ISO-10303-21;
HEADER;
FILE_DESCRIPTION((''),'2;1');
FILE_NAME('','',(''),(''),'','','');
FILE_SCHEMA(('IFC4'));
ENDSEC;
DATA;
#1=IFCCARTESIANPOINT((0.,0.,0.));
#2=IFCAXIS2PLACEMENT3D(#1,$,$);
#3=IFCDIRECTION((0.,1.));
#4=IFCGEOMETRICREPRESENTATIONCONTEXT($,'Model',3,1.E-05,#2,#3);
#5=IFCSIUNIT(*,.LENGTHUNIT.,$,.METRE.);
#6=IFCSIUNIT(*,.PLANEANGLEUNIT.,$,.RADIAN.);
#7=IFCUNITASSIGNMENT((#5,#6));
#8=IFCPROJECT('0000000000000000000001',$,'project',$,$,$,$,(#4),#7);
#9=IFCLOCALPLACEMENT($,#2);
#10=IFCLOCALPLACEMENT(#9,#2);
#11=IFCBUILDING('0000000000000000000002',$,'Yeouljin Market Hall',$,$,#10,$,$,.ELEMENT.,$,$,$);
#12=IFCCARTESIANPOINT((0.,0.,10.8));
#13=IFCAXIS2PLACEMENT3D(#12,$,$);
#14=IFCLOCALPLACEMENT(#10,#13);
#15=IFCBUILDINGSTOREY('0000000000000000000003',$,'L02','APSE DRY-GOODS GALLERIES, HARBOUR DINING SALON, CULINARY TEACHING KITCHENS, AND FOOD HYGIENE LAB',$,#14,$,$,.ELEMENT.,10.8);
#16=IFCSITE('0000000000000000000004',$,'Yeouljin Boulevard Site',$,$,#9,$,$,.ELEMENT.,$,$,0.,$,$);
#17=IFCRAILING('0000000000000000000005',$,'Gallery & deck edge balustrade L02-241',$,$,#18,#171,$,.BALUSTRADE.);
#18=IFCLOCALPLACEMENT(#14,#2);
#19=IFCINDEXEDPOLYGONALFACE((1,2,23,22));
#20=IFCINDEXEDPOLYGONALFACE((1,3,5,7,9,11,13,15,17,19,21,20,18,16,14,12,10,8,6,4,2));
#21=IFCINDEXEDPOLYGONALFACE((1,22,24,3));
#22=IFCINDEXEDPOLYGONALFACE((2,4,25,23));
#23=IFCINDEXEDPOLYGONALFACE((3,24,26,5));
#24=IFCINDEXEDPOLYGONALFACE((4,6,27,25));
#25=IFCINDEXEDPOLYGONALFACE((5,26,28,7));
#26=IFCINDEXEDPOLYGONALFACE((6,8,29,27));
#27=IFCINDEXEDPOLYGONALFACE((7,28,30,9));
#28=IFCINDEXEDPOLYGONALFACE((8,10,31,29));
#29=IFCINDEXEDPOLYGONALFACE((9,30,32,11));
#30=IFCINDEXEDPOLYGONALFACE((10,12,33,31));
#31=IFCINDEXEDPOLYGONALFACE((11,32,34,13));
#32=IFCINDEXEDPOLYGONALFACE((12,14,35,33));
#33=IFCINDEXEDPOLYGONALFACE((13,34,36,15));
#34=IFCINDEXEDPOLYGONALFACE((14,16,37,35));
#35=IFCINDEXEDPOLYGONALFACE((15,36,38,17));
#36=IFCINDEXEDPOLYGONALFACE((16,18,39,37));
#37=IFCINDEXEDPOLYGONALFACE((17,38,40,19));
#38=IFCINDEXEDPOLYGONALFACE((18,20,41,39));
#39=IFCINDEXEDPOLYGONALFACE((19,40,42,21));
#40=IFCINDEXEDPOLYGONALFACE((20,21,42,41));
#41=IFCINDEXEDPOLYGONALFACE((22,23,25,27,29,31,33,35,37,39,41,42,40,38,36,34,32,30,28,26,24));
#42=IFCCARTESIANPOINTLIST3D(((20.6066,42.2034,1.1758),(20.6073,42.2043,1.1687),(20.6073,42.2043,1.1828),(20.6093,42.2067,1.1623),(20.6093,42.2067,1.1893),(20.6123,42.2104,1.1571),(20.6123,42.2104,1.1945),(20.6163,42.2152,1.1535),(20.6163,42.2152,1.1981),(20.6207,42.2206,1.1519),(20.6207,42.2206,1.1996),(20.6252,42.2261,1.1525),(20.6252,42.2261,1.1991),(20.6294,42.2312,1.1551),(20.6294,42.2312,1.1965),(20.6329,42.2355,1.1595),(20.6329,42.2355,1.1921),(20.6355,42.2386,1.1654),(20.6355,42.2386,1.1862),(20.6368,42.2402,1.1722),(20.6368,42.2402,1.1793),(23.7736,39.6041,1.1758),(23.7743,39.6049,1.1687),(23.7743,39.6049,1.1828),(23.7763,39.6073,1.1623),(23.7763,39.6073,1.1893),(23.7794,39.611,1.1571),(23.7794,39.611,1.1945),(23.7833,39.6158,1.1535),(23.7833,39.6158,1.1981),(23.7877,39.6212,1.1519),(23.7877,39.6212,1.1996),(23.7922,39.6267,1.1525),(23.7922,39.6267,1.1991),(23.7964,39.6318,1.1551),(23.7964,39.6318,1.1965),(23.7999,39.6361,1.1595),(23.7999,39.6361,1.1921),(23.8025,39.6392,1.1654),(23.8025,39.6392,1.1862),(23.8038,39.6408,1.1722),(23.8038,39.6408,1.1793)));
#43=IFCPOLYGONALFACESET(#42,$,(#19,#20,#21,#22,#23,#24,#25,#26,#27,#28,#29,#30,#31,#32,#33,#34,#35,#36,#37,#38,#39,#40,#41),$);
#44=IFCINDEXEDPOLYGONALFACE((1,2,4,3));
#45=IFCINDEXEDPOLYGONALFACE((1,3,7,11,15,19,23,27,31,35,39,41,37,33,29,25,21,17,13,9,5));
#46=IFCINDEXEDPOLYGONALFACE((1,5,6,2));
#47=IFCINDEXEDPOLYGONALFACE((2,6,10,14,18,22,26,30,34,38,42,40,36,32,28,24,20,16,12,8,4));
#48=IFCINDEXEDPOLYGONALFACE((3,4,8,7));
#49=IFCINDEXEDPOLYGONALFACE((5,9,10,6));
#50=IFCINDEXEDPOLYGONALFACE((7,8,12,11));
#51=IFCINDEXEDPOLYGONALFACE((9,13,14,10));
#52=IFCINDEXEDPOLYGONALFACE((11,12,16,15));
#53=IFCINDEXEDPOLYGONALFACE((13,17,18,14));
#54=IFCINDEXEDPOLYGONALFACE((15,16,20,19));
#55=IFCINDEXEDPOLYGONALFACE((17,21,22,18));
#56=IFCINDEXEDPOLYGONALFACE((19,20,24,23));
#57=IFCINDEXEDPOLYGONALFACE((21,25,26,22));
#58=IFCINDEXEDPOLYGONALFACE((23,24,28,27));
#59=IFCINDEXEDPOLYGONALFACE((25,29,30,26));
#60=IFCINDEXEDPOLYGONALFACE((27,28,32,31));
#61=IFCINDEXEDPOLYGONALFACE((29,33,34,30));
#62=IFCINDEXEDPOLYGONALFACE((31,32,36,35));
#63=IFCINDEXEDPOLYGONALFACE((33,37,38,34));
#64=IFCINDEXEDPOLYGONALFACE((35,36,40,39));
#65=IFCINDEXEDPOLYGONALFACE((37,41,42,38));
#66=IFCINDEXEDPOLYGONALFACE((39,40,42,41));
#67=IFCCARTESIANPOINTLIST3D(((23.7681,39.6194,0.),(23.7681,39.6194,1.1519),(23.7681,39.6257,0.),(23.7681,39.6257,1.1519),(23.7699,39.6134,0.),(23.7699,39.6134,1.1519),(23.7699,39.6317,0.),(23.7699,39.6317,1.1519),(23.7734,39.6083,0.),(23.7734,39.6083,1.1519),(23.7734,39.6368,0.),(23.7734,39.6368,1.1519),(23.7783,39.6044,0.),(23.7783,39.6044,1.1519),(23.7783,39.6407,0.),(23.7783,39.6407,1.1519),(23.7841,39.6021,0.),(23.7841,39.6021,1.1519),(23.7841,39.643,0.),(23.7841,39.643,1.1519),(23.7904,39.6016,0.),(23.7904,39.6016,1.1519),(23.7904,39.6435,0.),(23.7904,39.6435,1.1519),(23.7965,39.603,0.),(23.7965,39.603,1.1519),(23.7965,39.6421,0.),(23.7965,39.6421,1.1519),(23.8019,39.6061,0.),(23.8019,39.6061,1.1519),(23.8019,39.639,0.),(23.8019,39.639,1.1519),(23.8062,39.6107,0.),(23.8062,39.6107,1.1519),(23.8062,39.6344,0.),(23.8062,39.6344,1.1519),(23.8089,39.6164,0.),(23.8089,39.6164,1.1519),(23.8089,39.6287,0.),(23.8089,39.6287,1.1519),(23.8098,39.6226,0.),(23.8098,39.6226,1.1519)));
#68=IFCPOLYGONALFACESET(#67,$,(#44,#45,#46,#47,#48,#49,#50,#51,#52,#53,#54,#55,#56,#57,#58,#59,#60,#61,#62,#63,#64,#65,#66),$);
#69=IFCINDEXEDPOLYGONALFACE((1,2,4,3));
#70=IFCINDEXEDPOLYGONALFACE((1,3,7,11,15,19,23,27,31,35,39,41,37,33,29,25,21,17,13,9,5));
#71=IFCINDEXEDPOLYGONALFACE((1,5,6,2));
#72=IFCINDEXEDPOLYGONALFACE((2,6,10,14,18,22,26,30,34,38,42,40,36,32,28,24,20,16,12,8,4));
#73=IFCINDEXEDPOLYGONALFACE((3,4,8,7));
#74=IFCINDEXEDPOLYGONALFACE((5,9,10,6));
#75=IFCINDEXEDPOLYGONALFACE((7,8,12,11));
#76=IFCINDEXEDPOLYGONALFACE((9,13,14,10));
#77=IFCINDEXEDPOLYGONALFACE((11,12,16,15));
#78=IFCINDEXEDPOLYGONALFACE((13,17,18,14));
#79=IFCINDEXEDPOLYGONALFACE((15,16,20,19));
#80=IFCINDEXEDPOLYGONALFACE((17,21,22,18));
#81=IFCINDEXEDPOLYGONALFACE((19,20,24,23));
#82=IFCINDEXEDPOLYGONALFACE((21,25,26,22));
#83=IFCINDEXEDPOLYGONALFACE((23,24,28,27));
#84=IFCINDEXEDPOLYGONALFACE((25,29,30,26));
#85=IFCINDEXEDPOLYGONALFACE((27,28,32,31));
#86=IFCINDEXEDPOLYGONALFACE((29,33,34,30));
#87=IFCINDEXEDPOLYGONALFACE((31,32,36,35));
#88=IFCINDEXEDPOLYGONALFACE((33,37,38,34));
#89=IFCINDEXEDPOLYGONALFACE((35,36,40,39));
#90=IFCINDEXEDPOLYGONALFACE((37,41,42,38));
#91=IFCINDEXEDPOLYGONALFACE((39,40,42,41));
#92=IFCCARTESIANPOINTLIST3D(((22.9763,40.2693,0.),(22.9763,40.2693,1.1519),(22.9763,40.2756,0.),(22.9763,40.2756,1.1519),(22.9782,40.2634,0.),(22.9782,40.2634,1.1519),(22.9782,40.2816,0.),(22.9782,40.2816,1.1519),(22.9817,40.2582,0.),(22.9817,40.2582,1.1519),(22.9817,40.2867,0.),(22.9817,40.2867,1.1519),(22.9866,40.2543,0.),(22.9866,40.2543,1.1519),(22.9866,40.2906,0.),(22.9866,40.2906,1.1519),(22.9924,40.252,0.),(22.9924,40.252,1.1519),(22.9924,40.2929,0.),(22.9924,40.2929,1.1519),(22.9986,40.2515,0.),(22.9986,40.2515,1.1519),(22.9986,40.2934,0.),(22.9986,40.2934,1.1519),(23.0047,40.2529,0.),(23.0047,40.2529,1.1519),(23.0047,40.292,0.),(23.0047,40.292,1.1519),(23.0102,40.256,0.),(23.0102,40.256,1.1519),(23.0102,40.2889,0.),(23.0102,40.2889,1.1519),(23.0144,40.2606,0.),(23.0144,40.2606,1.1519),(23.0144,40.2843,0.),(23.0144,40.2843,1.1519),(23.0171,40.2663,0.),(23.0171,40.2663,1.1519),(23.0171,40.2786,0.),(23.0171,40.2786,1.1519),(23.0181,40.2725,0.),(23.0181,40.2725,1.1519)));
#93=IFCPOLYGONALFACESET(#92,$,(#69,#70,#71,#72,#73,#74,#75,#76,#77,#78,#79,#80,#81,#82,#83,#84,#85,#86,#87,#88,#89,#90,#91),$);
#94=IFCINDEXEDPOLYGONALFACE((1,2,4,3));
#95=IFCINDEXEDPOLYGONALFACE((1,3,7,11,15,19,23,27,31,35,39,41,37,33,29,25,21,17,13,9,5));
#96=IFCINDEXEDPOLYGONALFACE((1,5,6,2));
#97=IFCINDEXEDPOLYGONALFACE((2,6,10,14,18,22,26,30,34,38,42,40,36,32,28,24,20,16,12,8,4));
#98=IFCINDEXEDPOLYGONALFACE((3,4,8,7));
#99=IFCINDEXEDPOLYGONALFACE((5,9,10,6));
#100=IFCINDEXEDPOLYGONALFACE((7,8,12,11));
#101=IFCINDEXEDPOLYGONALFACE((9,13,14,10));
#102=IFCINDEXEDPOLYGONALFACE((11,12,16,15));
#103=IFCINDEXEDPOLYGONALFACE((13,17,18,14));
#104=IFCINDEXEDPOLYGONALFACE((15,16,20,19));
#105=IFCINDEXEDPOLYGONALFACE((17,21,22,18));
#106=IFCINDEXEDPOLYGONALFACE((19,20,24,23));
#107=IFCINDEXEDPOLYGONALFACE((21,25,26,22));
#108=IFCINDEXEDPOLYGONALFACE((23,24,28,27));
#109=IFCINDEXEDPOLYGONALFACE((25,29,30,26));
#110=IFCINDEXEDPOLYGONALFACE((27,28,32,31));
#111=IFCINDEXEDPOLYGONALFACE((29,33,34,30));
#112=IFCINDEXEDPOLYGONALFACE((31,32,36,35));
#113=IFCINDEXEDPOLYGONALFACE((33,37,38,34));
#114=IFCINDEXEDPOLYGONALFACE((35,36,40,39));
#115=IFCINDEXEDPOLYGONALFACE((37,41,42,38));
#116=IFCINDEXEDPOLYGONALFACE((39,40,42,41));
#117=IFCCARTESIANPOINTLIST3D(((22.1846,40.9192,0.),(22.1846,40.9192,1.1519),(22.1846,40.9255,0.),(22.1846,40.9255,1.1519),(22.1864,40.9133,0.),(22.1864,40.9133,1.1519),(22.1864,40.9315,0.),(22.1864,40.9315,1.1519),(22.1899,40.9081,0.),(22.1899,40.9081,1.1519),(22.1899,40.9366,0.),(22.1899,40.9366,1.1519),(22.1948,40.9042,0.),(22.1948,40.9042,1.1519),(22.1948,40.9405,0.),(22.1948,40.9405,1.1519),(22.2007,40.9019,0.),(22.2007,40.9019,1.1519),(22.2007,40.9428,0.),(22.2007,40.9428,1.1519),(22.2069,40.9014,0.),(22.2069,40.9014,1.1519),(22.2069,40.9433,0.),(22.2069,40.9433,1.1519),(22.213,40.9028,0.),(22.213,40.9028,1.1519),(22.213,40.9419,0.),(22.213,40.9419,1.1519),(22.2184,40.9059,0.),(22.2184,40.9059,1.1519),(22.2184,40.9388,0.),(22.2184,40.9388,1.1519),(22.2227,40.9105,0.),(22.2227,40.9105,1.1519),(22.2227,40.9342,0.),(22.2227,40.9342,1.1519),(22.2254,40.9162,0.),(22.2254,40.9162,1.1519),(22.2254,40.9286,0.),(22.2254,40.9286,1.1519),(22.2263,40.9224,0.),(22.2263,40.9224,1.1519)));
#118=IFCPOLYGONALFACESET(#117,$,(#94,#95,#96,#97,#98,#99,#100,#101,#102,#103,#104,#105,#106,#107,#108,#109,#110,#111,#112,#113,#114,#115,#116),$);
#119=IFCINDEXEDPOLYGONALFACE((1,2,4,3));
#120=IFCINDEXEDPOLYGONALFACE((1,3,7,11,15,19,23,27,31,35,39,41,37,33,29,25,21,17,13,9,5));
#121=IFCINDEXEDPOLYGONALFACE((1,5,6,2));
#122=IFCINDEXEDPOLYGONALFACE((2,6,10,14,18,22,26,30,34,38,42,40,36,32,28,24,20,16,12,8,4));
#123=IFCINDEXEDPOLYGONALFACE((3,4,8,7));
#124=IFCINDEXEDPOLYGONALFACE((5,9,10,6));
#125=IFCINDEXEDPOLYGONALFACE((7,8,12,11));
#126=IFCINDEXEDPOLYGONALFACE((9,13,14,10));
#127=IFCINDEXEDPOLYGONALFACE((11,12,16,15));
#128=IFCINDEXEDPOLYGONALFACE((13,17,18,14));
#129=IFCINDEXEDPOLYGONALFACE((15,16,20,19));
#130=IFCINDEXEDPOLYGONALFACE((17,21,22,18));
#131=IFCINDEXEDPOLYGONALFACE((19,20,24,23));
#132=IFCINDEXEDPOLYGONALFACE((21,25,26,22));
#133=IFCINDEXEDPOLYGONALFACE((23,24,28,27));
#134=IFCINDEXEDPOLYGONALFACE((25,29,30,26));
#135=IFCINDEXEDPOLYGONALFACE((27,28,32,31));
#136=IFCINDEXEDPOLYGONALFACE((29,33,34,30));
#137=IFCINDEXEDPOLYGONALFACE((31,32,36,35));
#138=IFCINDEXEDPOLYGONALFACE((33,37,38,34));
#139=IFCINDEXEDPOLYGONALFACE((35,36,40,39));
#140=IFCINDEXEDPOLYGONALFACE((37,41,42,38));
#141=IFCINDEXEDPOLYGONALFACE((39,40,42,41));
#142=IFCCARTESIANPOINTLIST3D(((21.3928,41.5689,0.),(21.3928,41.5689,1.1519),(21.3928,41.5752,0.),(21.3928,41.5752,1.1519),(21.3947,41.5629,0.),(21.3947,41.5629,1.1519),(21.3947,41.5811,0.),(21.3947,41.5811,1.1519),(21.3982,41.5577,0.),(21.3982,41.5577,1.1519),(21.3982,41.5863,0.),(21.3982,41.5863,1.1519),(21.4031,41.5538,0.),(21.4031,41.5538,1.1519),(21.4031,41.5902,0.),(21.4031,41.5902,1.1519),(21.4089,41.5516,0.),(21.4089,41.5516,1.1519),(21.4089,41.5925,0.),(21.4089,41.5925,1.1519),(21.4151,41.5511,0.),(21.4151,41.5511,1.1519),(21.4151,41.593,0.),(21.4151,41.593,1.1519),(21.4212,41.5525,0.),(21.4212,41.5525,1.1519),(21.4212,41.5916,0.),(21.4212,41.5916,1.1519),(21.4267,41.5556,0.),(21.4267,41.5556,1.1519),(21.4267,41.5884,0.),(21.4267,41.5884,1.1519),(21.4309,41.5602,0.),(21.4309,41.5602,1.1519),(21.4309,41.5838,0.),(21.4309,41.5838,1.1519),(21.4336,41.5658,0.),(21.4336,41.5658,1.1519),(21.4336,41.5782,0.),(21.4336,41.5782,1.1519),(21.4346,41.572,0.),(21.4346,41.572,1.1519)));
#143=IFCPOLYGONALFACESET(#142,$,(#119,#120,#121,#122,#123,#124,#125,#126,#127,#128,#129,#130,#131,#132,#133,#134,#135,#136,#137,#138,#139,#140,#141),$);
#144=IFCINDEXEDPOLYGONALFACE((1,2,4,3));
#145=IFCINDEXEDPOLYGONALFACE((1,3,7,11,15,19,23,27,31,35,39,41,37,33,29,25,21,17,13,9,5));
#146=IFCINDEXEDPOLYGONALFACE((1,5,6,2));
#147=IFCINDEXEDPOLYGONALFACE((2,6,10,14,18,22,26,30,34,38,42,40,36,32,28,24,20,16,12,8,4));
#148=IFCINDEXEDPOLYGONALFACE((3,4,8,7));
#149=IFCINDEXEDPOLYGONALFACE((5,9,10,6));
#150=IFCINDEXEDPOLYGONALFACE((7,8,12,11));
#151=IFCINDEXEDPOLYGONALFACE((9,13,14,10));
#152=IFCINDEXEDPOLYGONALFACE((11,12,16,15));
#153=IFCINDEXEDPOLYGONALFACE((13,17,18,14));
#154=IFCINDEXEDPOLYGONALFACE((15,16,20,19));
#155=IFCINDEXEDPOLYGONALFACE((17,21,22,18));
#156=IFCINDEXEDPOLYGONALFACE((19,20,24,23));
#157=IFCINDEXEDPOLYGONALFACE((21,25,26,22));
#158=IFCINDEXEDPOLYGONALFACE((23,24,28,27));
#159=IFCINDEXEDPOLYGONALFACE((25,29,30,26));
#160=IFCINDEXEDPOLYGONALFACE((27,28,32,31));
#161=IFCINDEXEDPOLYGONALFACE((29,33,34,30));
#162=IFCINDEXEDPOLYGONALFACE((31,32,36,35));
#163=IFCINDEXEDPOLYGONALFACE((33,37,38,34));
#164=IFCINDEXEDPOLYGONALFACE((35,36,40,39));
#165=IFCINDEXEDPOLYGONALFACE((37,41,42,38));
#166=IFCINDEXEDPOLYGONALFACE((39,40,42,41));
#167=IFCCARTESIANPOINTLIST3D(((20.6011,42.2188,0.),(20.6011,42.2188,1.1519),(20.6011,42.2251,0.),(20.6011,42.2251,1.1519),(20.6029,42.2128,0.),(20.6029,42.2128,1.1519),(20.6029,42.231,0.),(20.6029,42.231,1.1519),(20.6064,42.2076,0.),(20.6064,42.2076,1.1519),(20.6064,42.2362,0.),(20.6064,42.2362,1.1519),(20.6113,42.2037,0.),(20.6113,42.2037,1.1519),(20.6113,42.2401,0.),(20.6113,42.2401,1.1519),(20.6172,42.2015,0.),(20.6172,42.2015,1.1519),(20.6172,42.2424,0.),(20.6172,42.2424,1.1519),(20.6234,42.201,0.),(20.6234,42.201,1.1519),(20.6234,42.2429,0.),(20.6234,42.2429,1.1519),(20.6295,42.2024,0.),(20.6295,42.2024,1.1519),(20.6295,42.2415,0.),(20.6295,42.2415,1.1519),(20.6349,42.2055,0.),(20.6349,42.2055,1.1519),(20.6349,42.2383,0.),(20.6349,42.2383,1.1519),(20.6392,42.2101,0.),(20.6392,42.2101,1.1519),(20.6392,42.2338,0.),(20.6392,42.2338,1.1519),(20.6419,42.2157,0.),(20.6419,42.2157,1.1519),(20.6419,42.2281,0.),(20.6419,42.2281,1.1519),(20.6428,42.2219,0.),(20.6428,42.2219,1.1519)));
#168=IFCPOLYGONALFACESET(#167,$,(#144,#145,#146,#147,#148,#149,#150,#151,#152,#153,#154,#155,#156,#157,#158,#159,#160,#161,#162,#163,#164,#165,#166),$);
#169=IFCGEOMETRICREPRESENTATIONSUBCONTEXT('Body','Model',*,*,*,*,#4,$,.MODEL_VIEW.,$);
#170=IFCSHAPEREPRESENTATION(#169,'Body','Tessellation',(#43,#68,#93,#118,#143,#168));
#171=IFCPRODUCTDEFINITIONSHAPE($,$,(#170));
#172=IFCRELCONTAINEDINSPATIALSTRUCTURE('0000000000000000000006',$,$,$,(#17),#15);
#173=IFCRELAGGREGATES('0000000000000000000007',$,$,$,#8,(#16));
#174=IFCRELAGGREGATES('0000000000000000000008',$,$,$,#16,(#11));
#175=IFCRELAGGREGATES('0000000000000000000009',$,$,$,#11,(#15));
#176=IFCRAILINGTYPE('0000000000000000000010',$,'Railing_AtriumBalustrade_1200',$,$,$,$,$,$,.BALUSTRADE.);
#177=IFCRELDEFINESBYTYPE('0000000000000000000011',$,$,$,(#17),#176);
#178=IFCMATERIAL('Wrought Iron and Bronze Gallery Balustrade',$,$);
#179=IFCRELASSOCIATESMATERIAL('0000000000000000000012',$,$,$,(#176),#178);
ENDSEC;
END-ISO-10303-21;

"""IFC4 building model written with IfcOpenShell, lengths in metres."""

from ifc_helpers import new_model, si_unit, direction, frame, origin, origin_2d, place, context, subcontext, project, spatial, circle, extrude, material, type_object, element, save


model = new_model("IFC4")

# Units and contexts
model_context = context("Model", 3, precision=1e-05, world=origin(), true_north=direction((0.0, 1.0)))
body_context = subcontext(model_context, "Body", "Model", "MODEL_VIEW")
ifc_project = project(units=[si_unit("LENGTHUNIT", "METRE"), si_unit("PLANEANGLEUNIT", "RADIAN")], contexts=[model_context])

# Site, building, storey
site_placement = place(None, origin())
site = spatial("IfcSite", under=ifc_project, at=site_placement, Name="Yeouljin Boulevard Site", CompositionType="ELEMENT", RefElevation=0.0)
building_placement = place(site_placement, origin())
building = spatial("IfcBuilding", under=site, at=building_placement, Name="Yeouljin Market Hall", CompositionType="ELEMENT")
storey_placement = place(building_placement, frame((0.0, 0.0, 10.8)))
storey = spatial("IfcBuildingStorey", under=building, at=storey_placement, Name="L02", Description="APSE DRY-GOODS GALLERIES, HARBOUR DINING SALON, CULINARY TEACHING KITCHENS, AND FOOD HYGIENE LAB", CompositionType="ELEMENT", Elevation=10.8)

# Railing
ifc_material_1 = material(Name="Wrought Iron and Bronze Gallery Balustrade")
railing_type = type_object("IfcRailingType", Name="Railing_AtriumBalustrade_1200", PredefinedType="BALUSTRADE", material=ifc_material_1)
railing_1_placement = place(storey_placement, frame((23.7888, 39.6226, 0.0)))
element("IfcRailing", 1, at=railing_1_placement, inside=storey, type_object=railing_type, Name="Gallery & deck edge balustrade L02-241", PredefinedType="BALUSTRADE", context=body_context, shape_type="SweptSolid", body=[
    extrude(circle(Radius=0.0239, at=origin_2d()), frame((0.0, 0.0, 1.1758), z_axis=(-0.772977, 0.634434, 0.0), x_axis=(-0.634434, -0.772977, 0.0)), (0.0, 0.0, 1.0), 4.0972),
    extrude(circle(Radius=0.021, at=origin_2d()), origin(), (0.0, 0.0, 1.0), 1.1519),
    extrude(circle(Radius=0.021, at=origin_2d()), frame((-0.7917, 0.6499, 0.0)), (0.0, 0.0, 1.0), 1.1519),
    extrude(circle(Radius=0.021, at=origin_2d()), frame((-1.5835, 1.2998, 0.0)), (0.0, 0.0, 1.0), 1.1519),
    extrude(circle(Radius=0.021, at=origin_2d()), frame((-2.3752, 1.9495, 0.0)), (0.0, 0.0, 1.0), 1.1519),
    extrude(circle(Radius=0.021, at=origin_2d()), frame((-3.167, 2.5994, 0.0)), (0.0, 0.0, 1.0), 1.1519),
])

save(model, "model.ifc")
